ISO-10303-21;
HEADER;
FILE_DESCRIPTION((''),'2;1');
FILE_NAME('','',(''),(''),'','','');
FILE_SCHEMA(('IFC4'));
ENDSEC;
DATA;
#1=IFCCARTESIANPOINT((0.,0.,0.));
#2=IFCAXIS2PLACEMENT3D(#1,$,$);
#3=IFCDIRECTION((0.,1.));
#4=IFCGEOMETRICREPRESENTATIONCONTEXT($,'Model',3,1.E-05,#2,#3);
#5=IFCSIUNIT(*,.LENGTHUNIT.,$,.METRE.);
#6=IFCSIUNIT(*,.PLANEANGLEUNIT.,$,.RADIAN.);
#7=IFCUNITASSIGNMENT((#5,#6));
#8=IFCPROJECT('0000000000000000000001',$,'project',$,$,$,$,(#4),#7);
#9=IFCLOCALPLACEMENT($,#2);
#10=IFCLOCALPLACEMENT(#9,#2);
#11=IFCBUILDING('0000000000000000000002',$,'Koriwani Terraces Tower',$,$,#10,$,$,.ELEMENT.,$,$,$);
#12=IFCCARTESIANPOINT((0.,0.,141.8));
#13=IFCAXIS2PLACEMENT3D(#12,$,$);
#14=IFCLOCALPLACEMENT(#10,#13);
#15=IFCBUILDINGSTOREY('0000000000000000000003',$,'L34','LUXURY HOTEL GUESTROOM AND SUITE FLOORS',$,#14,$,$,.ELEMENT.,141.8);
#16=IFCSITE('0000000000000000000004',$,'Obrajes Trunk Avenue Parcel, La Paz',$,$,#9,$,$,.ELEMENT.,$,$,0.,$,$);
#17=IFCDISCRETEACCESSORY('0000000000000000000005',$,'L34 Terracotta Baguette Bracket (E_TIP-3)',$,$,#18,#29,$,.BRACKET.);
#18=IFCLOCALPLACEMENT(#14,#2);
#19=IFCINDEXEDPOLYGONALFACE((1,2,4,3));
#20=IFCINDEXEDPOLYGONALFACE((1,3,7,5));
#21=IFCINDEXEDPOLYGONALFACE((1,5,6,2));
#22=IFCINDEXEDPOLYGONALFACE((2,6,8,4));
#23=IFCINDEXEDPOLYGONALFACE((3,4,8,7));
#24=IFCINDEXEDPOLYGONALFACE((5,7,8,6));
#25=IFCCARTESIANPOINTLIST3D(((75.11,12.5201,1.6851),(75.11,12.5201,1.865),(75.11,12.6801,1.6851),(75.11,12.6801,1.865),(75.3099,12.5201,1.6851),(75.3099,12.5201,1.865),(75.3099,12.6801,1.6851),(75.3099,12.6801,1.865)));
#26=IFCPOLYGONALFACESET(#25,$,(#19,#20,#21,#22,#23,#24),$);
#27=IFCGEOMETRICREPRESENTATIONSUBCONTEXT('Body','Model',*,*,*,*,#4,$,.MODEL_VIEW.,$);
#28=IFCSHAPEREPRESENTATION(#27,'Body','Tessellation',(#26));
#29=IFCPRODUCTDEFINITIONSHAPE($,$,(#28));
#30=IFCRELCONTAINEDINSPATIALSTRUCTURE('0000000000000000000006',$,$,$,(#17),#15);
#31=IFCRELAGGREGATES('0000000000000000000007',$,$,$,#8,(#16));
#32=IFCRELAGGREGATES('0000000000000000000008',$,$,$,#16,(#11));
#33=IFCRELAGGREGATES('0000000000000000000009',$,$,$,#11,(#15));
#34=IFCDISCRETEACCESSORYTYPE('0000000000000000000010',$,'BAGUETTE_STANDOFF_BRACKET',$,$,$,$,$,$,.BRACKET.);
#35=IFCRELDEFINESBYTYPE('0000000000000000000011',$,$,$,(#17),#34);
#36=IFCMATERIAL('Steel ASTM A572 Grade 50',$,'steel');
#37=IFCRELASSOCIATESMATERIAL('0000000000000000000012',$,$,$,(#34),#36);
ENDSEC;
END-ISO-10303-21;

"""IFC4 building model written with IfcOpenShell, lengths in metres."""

from ifc_helpers import new_model, si_unit, direction, frame, origin, origin_2d, place, context, subcontext, project, spatial, rectangle, extrude, material, type_object, element, save


model = new_model("IFC4")

# Units and contexts
model_context = context("Model", 3, precision=1e-05, world=origin(), true_north=direction((0.0, 1.0)))
body_context = subcontext(model_context, "Body", "Model", "MODEL_VIEW")
ifc_project = project(units=[si_unit("LENGTHUNIT", "METRE"), si_unit("PLANEANGLEUNIT", "RADIAN")], contexts=[model_context])

# Site, building, storey
site_placement = place(None, origin())
site = spatial("IfcSite", under=ifc_project, at=site_placement, Name="Obrajes Trunk Avenue Parcel, La Paz", CompositionType="ELEMENT", RefElevation=0.0)
building_placement = place(site_placement, origin())
building = spatial("IfcBuilding", under=site, at=building_placement, Name="Koriwani Terraces Tower", CompositionType="ELEMENT")
storey_placement = place(building_placement, frame((0.0, 0.0, 141.8)))
storey = spatial("IfcBuildingStorey", under=building, at=storey_placement, Name="L34", Description="LUXURY HOTEL GUESTROOM AND SUITE FLOORS", CompositionType="ELEMENT", Elevation=141.8)

# Shared definitions
ifc_material_1 = material(Name="Steel ASTM A572 Grade 50", Category="steel")

# Discrete accessory
discrete_accessory_type = type_object("IfcDiscreteAccessoryType", Name="BAGUETTE_STANDOFF_BRACKET", PredefinedType="BRACKET", material=ifc_material_1)
discrete_accessory_placement = place(storey_placement, frame((75.21, 12.6001, 1.6851), z_axis=(0.0, 0.0, 1.0), x_axis=(0.0, -1.0, 0.0)))
element("IfcDiscreteAccessory", 1, at=discrete_accessory_placement, inside=storey, type_object=discrete_accessory_type, Name="L34 Terracotta Baguette Bracket (E_TIP-3)", PredefinedType="BRACKET", context=body_context, shape_type="SweptSolid", body=[
    extrude(rectangle(XDim=0.1599, YDim=0.2, at=origin_2d()), origin(), (0.0, 0.0, 1.0), 0.1799),
])

save(model, "model.ifc")
